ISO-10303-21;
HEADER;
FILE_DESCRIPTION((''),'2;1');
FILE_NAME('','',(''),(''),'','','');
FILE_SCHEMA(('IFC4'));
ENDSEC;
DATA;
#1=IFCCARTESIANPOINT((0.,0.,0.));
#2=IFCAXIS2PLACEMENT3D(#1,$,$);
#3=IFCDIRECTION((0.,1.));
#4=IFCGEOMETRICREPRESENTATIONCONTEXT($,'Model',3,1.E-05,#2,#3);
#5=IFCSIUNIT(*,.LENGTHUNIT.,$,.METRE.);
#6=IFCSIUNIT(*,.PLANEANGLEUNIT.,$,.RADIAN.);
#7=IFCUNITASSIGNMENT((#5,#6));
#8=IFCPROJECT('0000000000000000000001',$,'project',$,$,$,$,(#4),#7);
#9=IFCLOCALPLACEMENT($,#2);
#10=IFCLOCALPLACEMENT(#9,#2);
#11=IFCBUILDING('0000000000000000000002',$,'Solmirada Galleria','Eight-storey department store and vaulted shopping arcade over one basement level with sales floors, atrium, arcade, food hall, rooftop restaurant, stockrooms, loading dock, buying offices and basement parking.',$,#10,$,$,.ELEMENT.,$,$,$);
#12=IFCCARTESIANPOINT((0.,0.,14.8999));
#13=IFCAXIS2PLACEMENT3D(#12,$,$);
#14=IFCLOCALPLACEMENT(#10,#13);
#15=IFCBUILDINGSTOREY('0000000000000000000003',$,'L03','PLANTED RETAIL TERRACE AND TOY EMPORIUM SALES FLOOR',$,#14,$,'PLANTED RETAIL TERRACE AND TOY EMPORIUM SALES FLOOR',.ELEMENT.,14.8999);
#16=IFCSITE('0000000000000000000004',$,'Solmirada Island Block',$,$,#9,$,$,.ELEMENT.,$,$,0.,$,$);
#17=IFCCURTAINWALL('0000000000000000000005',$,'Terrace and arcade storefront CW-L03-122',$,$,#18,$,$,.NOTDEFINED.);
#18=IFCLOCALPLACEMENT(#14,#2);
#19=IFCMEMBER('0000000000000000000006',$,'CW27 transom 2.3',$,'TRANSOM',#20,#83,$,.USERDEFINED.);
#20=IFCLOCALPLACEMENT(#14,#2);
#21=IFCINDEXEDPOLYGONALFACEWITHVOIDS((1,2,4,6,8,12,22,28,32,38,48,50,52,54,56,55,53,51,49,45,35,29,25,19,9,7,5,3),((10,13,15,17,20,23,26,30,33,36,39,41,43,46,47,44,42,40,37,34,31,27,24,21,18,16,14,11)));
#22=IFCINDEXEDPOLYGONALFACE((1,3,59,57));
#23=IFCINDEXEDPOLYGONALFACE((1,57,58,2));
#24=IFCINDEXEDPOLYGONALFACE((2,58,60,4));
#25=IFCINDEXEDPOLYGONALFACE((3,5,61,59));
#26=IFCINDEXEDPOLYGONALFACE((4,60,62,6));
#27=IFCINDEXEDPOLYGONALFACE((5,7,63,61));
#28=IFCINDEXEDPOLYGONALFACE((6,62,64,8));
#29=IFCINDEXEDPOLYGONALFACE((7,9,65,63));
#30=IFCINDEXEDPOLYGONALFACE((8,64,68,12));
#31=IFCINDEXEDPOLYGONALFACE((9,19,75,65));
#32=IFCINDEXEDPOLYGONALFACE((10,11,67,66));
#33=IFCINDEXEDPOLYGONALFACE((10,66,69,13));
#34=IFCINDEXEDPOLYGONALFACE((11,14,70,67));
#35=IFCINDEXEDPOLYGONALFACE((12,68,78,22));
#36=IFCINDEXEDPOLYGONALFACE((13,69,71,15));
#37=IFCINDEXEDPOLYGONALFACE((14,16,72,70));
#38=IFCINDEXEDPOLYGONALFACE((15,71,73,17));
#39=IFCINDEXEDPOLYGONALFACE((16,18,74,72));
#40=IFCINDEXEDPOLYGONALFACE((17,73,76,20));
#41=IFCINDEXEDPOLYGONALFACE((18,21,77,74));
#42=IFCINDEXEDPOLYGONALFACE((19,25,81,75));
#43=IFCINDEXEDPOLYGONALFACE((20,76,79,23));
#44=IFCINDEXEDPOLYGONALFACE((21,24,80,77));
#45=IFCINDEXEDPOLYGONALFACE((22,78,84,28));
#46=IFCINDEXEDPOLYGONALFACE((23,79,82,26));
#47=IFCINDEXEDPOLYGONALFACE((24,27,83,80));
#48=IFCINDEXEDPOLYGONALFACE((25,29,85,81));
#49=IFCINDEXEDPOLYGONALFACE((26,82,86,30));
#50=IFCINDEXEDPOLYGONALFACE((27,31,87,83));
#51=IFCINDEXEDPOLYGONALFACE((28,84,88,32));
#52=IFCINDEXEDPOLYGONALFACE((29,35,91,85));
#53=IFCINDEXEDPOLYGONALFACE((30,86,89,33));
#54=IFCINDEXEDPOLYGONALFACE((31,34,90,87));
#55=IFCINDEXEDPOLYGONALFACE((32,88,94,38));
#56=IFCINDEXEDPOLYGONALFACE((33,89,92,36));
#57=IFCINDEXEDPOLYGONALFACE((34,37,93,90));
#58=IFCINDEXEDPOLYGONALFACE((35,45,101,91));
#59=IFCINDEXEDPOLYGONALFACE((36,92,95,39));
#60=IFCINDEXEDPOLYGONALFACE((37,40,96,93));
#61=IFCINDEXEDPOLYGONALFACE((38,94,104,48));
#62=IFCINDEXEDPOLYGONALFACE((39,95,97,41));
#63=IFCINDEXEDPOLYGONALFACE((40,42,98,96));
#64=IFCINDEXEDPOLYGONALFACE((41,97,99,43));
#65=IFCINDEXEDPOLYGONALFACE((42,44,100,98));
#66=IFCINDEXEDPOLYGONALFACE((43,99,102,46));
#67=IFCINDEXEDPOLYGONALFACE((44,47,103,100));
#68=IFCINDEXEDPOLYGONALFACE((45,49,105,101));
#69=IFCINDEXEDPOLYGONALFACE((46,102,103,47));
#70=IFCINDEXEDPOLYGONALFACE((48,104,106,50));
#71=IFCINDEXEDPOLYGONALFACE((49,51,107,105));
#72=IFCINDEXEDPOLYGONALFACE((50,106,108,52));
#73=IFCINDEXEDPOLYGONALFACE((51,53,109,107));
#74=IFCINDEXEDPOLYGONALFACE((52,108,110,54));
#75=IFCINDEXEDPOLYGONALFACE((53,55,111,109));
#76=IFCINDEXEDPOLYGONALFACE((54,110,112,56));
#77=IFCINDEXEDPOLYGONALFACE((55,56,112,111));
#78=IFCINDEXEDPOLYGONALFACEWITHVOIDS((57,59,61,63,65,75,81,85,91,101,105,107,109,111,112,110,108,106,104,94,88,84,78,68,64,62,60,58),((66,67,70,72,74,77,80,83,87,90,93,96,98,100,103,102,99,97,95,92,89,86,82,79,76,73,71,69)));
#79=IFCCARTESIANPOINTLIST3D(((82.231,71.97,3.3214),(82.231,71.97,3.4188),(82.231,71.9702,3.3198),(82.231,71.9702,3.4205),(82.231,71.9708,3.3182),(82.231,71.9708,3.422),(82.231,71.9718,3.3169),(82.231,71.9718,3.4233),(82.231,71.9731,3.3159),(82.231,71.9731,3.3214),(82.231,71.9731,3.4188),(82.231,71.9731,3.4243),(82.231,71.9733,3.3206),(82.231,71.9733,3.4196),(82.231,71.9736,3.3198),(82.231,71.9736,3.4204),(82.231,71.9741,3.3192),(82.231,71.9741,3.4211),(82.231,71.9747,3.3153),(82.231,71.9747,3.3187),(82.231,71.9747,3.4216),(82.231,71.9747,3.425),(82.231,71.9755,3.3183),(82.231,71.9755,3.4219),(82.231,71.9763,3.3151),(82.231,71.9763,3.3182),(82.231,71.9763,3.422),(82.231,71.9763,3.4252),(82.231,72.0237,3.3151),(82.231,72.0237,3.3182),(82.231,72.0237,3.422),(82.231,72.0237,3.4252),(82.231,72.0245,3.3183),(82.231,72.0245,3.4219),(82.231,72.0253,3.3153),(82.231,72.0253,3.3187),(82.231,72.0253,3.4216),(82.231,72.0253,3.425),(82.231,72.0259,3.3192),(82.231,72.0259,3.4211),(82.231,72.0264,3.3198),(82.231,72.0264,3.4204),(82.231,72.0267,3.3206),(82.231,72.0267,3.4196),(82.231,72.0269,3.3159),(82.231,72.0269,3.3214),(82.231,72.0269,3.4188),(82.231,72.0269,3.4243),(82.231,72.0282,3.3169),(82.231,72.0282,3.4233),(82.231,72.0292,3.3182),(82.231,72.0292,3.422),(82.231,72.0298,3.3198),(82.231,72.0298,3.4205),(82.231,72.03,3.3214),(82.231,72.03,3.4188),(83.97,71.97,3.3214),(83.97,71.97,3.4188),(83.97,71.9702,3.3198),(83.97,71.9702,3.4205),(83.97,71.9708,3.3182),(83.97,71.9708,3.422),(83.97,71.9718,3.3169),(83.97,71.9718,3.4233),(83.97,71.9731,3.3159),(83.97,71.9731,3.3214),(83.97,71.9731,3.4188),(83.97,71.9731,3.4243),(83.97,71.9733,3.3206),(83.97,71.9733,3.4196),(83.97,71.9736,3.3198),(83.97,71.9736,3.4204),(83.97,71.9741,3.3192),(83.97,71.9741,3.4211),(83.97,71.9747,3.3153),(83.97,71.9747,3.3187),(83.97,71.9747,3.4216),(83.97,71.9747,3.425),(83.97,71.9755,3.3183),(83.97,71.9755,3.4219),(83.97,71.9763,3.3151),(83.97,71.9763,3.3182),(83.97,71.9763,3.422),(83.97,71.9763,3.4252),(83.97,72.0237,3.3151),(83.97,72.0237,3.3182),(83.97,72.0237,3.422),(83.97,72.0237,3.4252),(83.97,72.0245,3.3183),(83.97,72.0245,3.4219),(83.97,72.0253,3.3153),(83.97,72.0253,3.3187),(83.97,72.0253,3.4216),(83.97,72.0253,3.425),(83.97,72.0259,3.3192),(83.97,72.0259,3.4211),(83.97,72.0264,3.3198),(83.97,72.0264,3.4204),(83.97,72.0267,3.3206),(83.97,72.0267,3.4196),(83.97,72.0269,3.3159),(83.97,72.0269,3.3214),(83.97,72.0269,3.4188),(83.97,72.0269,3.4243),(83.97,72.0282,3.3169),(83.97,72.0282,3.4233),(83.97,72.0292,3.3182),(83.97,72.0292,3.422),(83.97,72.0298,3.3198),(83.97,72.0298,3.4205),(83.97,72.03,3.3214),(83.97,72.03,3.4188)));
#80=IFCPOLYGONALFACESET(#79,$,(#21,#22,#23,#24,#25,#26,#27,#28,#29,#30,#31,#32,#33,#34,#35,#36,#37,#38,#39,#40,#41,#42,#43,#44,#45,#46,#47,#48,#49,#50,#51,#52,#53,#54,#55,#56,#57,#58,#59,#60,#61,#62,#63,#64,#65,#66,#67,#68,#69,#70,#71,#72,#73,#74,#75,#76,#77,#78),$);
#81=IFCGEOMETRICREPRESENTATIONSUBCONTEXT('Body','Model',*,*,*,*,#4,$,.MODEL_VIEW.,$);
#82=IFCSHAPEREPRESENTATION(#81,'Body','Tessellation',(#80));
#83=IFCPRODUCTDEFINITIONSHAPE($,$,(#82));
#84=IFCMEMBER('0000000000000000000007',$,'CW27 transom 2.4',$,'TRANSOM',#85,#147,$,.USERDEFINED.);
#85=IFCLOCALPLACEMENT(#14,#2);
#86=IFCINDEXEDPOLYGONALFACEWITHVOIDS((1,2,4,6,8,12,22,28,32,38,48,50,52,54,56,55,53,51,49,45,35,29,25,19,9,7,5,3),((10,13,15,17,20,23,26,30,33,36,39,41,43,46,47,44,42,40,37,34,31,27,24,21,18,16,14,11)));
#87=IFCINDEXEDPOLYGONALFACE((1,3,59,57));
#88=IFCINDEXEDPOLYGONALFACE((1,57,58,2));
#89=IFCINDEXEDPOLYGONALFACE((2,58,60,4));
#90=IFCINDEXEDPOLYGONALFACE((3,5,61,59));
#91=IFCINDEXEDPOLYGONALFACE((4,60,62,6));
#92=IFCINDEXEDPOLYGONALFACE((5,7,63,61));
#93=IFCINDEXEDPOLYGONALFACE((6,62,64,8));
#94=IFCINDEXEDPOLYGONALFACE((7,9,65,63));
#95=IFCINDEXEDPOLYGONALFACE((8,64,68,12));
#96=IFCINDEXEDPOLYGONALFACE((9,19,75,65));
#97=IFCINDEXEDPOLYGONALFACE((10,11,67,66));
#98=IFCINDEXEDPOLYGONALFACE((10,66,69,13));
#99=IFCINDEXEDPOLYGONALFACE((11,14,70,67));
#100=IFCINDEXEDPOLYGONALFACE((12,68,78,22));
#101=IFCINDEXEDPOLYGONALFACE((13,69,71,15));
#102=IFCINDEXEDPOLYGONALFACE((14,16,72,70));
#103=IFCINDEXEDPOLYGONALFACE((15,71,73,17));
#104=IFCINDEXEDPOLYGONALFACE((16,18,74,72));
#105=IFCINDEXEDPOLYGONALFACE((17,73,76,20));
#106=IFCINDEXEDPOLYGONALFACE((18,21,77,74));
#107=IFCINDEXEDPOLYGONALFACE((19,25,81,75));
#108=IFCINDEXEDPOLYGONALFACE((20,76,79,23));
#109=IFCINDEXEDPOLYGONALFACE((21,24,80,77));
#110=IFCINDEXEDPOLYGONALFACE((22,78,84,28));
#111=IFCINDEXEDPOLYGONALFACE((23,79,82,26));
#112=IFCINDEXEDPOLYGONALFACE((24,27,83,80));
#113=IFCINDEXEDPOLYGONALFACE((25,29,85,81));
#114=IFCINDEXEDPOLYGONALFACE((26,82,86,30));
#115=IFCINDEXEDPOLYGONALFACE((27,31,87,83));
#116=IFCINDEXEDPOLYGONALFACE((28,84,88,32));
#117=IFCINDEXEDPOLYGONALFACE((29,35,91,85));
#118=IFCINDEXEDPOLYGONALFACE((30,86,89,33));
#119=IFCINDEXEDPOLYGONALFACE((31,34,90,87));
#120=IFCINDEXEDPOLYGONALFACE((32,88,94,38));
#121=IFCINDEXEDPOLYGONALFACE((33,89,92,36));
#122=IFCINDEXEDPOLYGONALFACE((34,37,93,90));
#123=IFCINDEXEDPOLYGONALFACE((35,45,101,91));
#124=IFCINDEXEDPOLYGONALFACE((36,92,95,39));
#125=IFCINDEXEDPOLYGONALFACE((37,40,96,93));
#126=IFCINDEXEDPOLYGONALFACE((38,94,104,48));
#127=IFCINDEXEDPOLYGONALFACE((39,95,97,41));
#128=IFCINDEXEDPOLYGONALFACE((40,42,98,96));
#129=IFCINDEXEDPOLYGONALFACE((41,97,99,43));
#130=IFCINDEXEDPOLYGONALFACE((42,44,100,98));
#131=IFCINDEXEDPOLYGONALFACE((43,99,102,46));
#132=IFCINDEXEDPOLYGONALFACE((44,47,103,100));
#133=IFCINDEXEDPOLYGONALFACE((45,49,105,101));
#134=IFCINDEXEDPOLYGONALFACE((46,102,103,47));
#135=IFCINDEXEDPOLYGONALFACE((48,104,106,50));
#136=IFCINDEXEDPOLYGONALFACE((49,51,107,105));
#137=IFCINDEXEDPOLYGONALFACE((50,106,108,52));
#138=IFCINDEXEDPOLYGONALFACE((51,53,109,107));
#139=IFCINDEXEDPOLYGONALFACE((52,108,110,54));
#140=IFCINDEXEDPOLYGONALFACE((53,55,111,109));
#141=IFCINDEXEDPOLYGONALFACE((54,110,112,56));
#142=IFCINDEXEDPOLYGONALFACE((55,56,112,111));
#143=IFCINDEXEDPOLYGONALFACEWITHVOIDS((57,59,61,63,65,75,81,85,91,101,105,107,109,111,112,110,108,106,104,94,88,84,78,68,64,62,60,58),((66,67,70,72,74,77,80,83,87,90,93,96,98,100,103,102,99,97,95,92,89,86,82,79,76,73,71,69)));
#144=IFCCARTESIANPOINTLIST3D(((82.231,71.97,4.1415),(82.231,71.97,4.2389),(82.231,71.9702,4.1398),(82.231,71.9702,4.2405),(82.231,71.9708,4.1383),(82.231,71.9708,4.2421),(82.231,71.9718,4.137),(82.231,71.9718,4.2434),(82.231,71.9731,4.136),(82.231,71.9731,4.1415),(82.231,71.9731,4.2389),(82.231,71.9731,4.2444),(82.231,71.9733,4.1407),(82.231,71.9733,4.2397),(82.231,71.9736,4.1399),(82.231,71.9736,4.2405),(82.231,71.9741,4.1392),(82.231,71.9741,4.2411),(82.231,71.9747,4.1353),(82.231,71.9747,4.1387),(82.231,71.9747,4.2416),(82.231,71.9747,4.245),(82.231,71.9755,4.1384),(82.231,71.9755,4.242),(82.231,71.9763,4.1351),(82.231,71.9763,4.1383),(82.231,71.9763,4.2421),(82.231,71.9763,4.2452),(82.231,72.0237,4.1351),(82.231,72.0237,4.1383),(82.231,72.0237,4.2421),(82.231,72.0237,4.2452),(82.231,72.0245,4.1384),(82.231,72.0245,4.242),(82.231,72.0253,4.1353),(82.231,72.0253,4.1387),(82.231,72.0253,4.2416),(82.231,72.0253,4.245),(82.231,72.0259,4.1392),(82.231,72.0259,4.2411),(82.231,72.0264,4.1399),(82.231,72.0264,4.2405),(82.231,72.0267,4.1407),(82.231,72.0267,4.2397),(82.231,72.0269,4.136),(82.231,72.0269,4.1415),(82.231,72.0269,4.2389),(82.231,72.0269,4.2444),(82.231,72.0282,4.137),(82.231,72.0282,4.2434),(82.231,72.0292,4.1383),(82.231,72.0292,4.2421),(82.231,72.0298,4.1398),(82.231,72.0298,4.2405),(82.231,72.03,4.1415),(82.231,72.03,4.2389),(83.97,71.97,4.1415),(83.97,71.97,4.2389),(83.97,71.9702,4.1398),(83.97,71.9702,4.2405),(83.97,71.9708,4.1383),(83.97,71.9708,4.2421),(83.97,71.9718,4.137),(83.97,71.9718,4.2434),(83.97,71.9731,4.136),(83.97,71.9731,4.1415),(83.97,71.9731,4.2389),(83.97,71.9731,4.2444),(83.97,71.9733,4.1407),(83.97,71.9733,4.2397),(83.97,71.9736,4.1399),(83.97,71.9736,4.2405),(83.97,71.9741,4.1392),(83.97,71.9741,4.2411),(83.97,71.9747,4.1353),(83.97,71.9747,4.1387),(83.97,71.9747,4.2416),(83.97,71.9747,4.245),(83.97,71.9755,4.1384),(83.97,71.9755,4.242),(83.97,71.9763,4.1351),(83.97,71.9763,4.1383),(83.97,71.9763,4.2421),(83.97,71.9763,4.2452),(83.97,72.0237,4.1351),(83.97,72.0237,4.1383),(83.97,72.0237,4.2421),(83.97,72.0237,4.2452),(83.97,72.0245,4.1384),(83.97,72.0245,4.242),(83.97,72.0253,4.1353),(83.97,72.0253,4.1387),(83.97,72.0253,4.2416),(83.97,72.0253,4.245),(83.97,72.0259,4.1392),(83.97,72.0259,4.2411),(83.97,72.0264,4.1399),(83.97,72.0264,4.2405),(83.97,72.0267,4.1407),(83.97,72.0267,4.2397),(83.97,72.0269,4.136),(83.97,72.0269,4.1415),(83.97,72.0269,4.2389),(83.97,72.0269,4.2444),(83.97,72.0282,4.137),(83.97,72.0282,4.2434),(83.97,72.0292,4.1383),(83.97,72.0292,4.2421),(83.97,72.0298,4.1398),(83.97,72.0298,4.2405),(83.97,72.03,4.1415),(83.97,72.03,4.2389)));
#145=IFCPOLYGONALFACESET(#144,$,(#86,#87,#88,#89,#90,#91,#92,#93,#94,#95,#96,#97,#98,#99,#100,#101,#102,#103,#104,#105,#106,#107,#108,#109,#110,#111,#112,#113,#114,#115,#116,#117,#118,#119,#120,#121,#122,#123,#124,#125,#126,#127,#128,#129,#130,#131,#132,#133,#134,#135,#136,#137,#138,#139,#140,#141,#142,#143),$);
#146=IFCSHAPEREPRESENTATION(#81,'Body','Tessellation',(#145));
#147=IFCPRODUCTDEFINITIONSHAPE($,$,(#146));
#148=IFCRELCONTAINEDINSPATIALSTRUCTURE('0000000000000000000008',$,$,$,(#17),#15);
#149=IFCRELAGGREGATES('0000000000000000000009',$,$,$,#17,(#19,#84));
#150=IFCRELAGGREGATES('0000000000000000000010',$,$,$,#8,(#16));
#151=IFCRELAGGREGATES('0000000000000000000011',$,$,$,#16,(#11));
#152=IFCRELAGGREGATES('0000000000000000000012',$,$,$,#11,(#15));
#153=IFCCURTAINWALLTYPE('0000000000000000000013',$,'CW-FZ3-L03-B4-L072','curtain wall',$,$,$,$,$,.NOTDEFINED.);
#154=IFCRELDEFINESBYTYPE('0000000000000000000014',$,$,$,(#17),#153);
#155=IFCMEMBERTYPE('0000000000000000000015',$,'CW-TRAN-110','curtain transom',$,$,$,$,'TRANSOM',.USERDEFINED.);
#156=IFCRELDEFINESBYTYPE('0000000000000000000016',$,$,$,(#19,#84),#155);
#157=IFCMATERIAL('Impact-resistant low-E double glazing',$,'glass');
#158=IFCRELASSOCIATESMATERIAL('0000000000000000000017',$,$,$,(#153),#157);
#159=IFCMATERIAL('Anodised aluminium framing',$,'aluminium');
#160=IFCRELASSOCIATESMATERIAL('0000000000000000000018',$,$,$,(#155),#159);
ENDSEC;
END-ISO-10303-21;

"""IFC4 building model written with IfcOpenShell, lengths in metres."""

from ifc_helpers import new_model, si_unit, direction, frame, origin, origin_2d, place, context, subcontext, project, spatial, hollow_rectangle, extrude, material, material_profile, profile_set, type_object, element, aggregate, save


model = new_model("IFC4")

# Units and contexts
model_context = context("Model", 3, precision=1e-05, world=origin(), true_north=direction((0.0, 1.0)))
body_context = subcontext(model_context, "Body", "Model", "MODEL_VIEW")
ifc_project = project(units=[si_unit("LENGTHUNIT", "METRE"), si_unit("PLANEANGLEUNIT", "RADIAN")], contexts=[model_context])

# Site, building, storey
site_placement = place(None, origin())
site = spatial("IfcSite", under=ifc_project, at=site_placement, Name="Solmirada Island Block", CompositionType="ELEMENT", RefElevation=0.0)
building_placement = place(site_placement, origin())
building = spatial("IfcBuilding", under=site, at=building_placement, Name="Solmirada Galleria", Description="Eight-storey department store and vaulted shopping arcade over one basement level with sales floors, atrium, arcade, food hall, rooftop restaurant, stockrooms, loading dock, buying offices and basement parking.", CompositionType="ELEMENT")
storey_placement = place(building_placement, frame((0.0, 0.0, 14.8999)))
storey = spatial("IfcBuildingStorey", under=building, at=storey_placement, Name="L03", Description="PLANTED RETAIL TERRACE AND TOY EMPORIUM SALES FLOOR", LongName="PLANTED RETAIL TERRACE AND TOY EMPORIUM SALES FLOOR", CompositionType="ELEMENT", Elevation=14.8999)

# Shared definitions
ifc_material_1 = material(Name="Impact-resistant low-E double glazing", Category="glass")
curtain_wall_type = type_object("IfcCurtainWallType", Name="CW-FZ3-L03-B4-L072", Description="curtain wall", PredefinedType="NOTDEFINED", material=ifc_material_1)
ifc_material_2 = material(Name="Anodised aluminium framing", Category="aluminium")

# Curtain wall, members
curtain_wall_1_placement = place(storey_placement, origin())
curtain_wall_1 = element("IfcCurtainWall", 1, at=curtain_wall_1_placement, inside=storey, type_object=curtain_wall_type, Name="Terrace and arcade storefront CW-L03-122", PredefinedType="NOTDEFINED")
ifc_material_profile_1 = material_profile(ifc_material_2, hollow_rectangle(XDim=0.0601, YDim=0.1101, WallThickness=0.0032, InnerFilletRadius=0.0032, OuterFilletRadius=0.0063, at=origin_2d()), Name="ALU-TRAN-110X60")
ifc_profile_set_1 = profile_set([ifc_material_profile_1], Name="Anodised aluminium framing")
member_type_1 = type_object("IfcMemberType", Name="CW-TRAN-110", Description="curtain transom", ElementType="TRANSOM", PredefinedType="USERDEFINED", material=ifc_profile_set_1)
member_1_placement = place(storey_placement, frame((82.231, 72.0, 3.3701), z_axis=(1.0, 0.0, 0.0), x_axis=(0.0, 1.0, 0.0)))
member_1 = element("IfcMember", 2, at=member_1_placement, type_object=member_type_1, Name="CW27 transom 2.3", ObjectType="TRANSOM", PredefinedType="USERDEFINED", context=body_context, shape_type="SweptSolid", body=[
    extrude(hollow_rectangle(XDim=0.0601, YDim=0.1101, WallThickness=0.0032, InnerFilletRadius=0.0032, OuterFilletRadius=0.0063, at=origin_2d()), origin(), (0.0, 0.0, 1.0), 1.739),
])
member_2_placement = place(storey_placement, frame((82.231, 72.0, 4.1902), z_axis=(1.0, 0.0, 0.0), x_axis=(0.0, 1.0, 0.0)))
member_2 = element("IfcMember", 3, at=member_2_placement, type_object=member_type_1, Name="CW27 transom 2.4", ObjectType="TRANSOM", PredefinedType="USERDEFINED", context=body_context, shape_type="SweptSolid", body=[
    extrude(hollow_rectangle(XDim=0.0601, YDim=0.1101, WallThickness=0.0032, InnerFilletRadius=0.0032, OuterFilletRadius=0.0063, at=origin_2d()), origin(), (0.0, 0.0, 1.0), 1.739),
])
aggregate(curtain_wall_1, [member_1, member_2])

save(model, "model.ifc")
